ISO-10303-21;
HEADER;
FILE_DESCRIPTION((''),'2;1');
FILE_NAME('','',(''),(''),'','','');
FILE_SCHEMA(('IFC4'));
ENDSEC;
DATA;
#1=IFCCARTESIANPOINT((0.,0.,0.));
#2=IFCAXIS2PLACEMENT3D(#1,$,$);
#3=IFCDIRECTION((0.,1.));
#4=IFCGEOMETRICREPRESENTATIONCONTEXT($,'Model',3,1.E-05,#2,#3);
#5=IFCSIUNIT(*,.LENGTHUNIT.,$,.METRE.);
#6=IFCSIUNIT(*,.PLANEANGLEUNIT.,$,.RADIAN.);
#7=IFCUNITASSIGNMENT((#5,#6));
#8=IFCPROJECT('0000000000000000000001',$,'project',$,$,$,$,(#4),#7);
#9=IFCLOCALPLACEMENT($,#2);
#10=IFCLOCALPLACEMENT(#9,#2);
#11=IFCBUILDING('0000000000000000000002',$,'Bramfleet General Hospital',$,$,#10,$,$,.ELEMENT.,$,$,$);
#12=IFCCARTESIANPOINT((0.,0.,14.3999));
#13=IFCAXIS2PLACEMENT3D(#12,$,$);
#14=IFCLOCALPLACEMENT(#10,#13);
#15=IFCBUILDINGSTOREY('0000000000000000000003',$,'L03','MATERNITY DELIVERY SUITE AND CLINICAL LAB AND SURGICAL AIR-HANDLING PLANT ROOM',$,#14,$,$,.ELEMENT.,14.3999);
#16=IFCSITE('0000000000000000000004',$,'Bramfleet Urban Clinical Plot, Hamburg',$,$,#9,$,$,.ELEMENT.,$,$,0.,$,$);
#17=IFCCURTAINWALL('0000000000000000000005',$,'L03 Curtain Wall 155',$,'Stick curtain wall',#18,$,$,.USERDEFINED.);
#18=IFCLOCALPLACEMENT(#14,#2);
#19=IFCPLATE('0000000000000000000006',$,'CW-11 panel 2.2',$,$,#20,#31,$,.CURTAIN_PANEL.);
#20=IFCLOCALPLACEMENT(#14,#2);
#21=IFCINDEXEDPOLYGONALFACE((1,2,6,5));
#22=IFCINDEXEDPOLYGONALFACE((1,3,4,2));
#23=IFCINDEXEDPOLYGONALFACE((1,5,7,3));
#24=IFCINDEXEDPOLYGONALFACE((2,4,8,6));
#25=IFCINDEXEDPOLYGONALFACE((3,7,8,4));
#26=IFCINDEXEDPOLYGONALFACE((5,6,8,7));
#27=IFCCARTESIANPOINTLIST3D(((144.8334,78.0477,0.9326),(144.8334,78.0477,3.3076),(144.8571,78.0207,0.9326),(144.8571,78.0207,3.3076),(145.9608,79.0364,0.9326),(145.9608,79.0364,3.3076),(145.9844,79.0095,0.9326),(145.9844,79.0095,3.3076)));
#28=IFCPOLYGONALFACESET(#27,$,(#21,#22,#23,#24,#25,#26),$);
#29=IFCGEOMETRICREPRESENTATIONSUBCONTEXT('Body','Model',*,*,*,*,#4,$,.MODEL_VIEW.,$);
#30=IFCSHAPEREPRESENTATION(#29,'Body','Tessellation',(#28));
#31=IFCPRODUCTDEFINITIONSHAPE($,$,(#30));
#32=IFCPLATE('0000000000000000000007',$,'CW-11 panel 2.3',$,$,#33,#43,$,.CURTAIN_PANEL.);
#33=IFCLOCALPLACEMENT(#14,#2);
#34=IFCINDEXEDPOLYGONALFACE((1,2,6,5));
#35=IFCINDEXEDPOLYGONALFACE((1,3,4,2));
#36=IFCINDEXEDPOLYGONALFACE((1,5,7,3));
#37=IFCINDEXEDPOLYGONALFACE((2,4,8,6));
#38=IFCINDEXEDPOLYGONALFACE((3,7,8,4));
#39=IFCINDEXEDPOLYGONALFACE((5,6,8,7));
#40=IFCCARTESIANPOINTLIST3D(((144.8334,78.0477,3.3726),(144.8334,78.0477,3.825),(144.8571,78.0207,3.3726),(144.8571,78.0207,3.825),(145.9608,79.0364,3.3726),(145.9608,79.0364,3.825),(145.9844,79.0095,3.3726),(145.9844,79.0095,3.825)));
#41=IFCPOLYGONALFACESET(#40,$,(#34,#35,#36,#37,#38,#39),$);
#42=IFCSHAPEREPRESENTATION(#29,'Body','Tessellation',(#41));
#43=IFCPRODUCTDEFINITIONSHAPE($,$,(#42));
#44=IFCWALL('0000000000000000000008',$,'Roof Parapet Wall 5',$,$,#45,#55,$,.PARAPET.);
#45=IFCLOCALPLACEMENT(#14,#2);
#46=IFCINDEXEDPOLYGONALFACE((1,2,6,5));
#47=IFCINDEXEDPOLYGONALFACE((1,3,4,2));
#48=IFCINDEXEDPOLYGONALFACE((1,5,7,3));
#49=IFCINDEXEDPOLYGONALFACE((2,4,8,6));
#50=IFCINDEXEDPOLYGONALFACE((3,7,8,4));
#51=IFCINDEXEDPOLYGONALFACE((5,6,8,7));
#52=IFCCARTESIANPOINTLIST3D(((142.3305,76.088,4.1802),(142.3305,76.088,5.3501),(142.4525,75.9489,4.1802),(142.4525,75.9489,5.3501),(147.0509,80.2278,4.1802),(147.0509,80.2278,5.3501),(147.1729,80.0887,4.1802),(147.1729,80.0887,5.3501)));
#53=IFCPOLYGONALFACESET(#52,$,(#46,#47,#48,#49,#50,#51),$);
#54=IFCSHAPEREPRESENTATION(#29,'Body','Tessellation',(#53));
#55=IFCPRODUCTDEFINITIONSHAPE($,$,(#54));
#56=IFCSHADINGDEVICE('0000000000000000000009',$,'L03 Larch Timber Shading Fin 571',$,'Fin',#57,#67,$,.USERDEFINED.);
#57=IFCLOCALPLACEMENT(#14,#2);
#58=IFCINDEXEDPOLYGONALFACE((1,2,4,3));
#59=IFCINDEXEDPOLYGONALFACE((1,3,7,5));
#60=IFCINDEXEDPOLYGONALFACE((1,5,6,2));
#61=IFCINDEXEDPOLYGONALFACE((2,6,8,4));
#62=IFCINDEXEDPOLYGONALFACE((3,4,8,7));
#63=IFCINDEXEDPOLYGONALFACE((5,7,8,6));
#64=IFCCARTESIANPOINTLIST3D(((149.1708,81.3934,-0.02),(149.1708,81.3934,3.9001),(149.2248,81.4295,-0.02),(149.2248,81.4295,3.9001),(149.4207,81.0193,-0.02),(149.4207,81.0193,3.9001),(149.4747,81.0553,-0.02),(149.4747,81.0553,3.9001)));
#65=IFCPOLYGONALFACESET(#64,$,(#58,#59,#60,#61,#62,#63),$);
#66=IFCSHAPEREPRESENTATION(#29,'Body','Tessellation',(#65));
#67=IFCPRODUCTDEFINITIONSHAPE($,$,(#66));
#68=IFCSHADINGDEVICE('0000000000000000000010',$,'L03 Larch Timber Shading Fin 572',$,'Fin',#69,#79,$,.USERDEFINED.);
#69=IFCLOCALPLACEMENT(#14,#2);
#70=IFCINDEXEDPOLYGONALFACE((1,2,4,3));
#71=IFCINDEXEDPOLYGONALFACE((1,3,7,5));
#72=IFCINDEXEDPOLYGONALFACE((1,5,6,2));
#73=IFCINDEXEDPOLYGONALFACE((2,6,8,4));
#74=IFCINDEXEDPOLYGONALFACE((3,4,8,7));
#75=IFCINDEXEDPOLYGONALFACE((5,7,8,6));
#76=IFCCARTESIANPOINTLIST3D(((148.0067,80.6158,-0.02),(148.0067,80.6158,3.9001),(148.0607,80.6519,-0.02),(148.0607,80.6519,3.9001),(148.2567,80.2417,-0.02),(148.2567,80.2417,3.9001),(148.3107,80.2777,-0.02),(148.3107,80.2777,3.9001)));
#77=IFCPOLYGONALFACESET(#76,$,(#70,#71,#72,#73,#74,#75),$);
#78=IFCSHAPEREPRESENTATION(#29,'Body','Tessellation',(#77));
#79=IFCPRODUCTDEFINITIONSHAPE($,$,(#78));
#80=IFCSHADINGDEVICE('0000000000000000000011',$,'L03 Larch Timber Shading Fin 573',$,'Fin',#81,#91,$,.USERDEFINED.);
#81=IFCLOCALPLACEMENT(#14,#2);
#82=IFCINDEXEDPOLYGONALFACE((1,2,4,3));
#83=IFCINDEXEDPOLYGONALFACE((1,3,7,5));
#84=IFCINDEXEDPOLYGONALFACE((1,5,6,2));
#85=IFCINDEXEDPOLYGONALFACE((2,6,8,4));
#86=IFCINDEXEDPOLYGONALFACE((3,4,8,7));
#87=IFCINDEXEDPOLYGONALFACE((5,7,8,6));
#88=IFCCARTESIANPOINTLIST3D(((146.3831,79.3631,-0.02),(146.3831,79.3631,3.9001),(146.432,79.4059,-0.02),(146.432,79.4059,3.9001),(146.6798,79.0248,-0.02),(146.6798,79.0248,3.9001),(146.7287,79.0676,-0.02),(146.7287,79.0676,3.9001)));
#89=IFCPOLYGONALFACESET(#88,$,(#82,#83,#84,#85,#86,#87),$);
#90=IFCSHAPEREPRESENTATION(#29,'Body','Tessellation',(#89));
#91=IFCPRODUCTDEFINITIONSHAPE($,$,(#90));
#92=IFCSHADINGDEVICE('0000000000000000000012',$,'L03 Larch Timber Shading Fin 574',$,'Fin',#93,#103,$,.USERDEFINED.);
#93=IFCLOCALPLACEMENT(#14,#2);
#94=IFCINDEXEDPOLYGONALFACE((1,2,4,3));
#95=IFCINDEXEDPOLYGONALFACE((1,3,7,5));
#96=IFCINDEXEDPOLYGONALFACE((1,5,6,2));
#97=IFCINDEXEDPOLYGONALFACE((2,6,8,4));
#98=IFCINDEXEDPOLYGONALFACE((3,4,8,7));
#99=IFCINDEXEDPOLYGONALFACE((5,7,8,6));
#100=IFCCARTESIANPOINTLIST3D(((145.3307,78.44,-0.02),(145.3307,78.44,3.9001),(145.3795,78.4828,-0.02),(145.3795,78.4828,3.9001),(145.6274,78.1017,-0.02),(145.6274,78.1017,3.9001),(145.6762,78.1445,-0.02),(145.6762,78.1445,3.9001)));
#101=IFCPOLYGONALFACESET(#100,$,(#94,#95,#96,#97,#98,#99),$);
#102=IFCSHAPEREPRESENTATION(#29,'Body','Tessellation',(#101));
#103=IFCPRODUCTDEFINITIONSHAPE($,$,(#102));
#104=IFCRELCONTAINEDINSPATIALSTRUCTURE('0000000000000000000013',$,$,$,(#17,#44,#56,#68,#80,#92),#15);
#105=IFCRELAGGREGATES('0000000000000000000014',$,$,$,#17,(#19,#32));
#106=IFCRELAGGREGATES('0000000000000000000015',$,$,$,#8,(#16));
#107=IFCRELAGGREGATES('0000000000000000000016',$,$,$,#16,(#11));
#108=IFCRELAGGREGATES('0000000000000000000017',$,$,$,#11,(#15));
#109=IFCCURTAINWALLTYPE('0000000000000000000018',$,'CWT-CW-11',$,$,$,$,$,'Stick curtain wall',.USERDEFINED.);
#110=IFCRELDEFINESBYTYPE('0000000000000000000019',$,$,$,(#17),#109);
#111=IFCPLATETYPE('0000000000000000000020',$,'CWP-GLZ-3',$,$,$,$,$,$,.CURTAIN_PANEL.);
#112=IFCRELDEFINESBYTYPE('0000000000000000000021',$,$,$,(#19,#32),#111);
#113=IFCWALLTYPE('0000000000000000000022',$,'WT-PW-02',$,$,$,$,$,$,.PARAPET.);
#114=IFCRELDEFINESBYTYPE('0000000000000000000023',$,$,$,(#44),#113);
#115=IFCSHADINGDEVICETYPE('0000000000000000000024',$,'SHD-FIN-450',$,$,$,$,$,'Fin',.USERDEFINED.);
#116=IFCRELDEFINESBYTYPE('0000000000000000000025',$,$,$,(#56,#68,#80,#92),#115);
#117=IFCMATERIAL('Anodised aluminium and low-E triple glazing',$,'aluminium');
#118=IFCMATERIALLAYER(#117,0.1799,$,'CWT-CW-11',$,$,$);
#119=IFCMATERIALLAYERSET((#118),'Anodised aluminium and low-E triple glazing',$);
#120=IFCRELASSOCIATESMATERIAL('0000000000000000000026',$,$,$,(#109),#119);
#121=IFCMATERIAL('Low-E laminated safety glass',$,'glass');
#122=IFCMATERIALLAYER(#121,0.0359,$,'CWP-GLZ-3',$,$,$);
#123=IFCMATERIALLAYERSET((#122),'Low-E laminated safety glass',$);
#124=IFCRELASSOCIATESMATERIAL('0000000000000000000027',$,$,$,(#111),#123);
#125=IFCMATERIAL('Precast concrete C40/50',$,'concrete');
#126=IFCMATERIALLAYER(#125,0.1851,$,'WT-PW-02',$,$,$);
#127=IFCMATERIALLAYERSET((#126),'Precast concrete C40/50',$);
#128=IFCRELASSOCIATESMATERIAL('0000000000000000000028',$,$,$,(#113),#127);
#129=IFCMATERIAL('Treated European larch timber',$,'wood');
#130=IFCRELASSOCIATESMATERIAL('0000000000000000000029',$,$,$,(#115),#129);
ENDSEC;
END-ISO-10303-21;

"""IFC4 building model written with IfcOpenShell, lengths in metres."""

from ifc_helpers import new_model, si_unit, direction, frame, frame_2d, origin, origin_2d, place, context, subcontext, project, spatial, rectangle, extrude, material, layer, layer_set, material_profile, profile_set, type_object, element, aggregate, save


model = new_model("IFC4")

# Units and contexts
model_context = context("Model", 3, precision=1e-05, world=origin(), true_north=direction((0.0, 1.0)))
body_context = subcontext(model_context, "Body", "Model", "MODEL_VIEW")
ifc_project = project(units=[si_unit("LENGTHUNIT", "METRE"), si_unit("PLANEANGLEUNIT", "RADIAN")], contexts=[model_context])

# Site, building, storey
site_placement = place(None, origin())
site = spatial("IfcSite", under=ifc_project, at=site_placement, Name="Bramfleet Urban Clinical Plot, Hamburg", CompositionType="ELEMENT", RefElevation=0.0)
building_placement = place(site_placement, origin())
building = spatial("IfcBuilding", under=site, at=building_placement, Name="Bramfleet General Hospital", CompositionType="ELEMENT")
storey_placement = place(building_placement, frame((0.0, 0.0, 14.3999)))
storey = spatial("IfcBuildingStorey", under=building, at=storey_placement, Name="L03", Description="MATERNITY DELIVERY SUITE AND CLINICAL LAB AND SURGICAL AIR-HANDLING PLANT ROOM", CompositionType="ELEMENT", Elevation=14.3999)

# Curtain wall
ifc_material_1 = material(Name="Anodised aluminium and low-E triple glazing", Category="aluminium")
ifc_layer_1 = layer(ifc_material_1, 0.1799, Name="CWT-CW-11")
ifc_layer_set_1 = layer_set([ifc_layer_1], Name="Anodised aluminium and low-E triple glazing")
curtain_wall_type_1 = type_object("IfcCurtainWallType", Name="CWT-CW-11", ElementType="Stick curtain wall", PredefinedType="USERDEFINED", material=ifc_layer_set_1)
curtain_wall_1_placement = place(storey_placement, origin())
curtain_wall_1 = element("IfcCurtainWall", 1, at=curtain_wall_1_placement, inside=storey, type_object=curtain_wall_type_1, Name="L03 Curtain Wall 155", ObjectType="Stick curtain wall", PredefinedType="USERDEFINED")

# Plates
ifc_material_2 = material(Name="Low-E laminated safety glass", Category="glass")
ifc_layer_2 = layer(ifc_material_2, 0.0359, Name="CWP-GLZ-3")
ifc_layer_set_2 = layer_set([ifc_layer_2], Name="Low-E laminated safety glass")
plate_type_1 = type_object("IfcPlateType", Name="CWP-GLZ-3", PredefinedType="CURTAIN_PANEL", material=ifc_layer_set_2)
plate_1_placement = place(storey_placement, frame((145.4089, 78.5286, 0.9326), z_axis=(0.0, 0.0, 1.0), x_axis=(-0.751787, -0.659406, 0.0)))
plate_1 = element("IfcPlate", 2, at=plate_1_placement, type_object=plate_type_1, Name="CW-11 panel 2.2", PredefinedType="CURTAIN_PANEL", context=body_context, shape_type="SweptSolid", body=[
    extrude(rectangle(XDim=1.4995, YDim=0.0359, at=origin_2d()), origin(), (0.0, 0.0, 1.0), 2.375),
])
plate_2_placement = place(storey_placement, frame((145.4089, 78.5286, 3.3726), z_axis=(0.0, 0.0, 1.0), x_axis=(-0.751787, -0.659406, 0.0)))
plate_2 = element("IfcPlate", 3, at=plate_2_placement, type_object=plate_type_1, Name="CW-11 panel 2.3", PredefinedType="CURTAIN_PANEL", context=body_context, shape_type="SweptSolid", body=[
    extrude(rectangle(XDim=1.4995, YDim=0.0359, at=origin_2d()), origin(), (0.0, 0.0, 1.0), 0.4524),
])
aggregate(curtain_wall_1, [plate_1, plate_2])

# Wall
ifc_material_3 = material(Name="Precast concrete C40/50", Category="concrete")
ifc_layer_3 = layer(ifc_material_3, 0.1851, Name="WT-PW-02")
ifc_layer_set_3 = layer_set([ifc_layer_3], Name="Precast concrete C40/50")
wall_type = type_object("IfcWallType", Name="WT-PW-02", PredefinedType="PARAPET", material=ifc_layer_set_3)
wall_placement = place(storey_placement, frame((147.1118, 80.1582, 4.1802), z_axis=(0.0, 0.0, 1.0), x_axis=(-0.751827, -0.65936, 0.0)))
element("IfcWall", 4, at=wall_placement, inside=storey, type_object=wall_type, Name="Roof Parapet Wall 5", PredefinedType="PARAPET", context=body_context, shape_type="SweptSolid", body=[
    extrude(rectangle(XDim=6.2786, YDim=0.1851, at=frame_2d((3.1392, 0.0))), origin(), (0.0, 0.0, 1.0), 1.1699),
])

# Shading devices
ifc_material_4 = material(Name="Treated European larch timber", Category="wood")
ifc_material_profile_1 = material_profile(ifc_material_4, rectangle(XDim=0.0649, YDim=0.45, at=origin_2d()), Name="LARCH FIN 450x65")
ifc_profile_set_1 = profile_set([ifc_material_profile_1], Name="Treated European larch timber")
shading_device_type = type_object("IfcShadingDeviceType", Name="SHD-FIN-450", ElementType="Fin", PredefinedType="USERDEFINED", material=ifc_profile_set_1)
for number, where, z_axis, x_axis, name in (
    (5, (149.3228, 81.2244, -0.02), (0.0, 0.0, 1.0), (-0.831541, -0.555464, 0.0), "L03 Larch Timber Shading Fin 571"),
    (6, (148.1587, 80.4468, -0.02), (0.0, 0.0, 1.0), (-0.831541, -0.555464, 0.0), "L03 Larch Timber Shading Fin 572"),
    (7, (146.5559, 79.2153, -0.02), (0.0, 0.0, 1.0), (-0.751787, -0.659406, 0.0), "L03 Larch Timber Shading Fin 573"),
    (8, (145.5034, 78.2922, -0.02), (0.0, 0.0, 1.0), (-0.751787, -0.659406, 0.0), "L03 Larch Timber Shading Fin 574"),
):
    element("IfcShadingDevice", number, at=place(storey_placement, frame(where, z_axis=z_axis, x_axis=x_axis)), inside=storey, type_object=shading_device_type, Name=name, ObjectType="Fin", PredefinedType="USERDEFINED", context=body_context, shape_type="SweptSolid", body=[
        extrude(rectangle(XDim=0.0649, YDim=0.45, at=origin_2d()), origin(), (0.0, 0.0, 1.0), 3.9202),
    ])

save(model, "model.ifc")
